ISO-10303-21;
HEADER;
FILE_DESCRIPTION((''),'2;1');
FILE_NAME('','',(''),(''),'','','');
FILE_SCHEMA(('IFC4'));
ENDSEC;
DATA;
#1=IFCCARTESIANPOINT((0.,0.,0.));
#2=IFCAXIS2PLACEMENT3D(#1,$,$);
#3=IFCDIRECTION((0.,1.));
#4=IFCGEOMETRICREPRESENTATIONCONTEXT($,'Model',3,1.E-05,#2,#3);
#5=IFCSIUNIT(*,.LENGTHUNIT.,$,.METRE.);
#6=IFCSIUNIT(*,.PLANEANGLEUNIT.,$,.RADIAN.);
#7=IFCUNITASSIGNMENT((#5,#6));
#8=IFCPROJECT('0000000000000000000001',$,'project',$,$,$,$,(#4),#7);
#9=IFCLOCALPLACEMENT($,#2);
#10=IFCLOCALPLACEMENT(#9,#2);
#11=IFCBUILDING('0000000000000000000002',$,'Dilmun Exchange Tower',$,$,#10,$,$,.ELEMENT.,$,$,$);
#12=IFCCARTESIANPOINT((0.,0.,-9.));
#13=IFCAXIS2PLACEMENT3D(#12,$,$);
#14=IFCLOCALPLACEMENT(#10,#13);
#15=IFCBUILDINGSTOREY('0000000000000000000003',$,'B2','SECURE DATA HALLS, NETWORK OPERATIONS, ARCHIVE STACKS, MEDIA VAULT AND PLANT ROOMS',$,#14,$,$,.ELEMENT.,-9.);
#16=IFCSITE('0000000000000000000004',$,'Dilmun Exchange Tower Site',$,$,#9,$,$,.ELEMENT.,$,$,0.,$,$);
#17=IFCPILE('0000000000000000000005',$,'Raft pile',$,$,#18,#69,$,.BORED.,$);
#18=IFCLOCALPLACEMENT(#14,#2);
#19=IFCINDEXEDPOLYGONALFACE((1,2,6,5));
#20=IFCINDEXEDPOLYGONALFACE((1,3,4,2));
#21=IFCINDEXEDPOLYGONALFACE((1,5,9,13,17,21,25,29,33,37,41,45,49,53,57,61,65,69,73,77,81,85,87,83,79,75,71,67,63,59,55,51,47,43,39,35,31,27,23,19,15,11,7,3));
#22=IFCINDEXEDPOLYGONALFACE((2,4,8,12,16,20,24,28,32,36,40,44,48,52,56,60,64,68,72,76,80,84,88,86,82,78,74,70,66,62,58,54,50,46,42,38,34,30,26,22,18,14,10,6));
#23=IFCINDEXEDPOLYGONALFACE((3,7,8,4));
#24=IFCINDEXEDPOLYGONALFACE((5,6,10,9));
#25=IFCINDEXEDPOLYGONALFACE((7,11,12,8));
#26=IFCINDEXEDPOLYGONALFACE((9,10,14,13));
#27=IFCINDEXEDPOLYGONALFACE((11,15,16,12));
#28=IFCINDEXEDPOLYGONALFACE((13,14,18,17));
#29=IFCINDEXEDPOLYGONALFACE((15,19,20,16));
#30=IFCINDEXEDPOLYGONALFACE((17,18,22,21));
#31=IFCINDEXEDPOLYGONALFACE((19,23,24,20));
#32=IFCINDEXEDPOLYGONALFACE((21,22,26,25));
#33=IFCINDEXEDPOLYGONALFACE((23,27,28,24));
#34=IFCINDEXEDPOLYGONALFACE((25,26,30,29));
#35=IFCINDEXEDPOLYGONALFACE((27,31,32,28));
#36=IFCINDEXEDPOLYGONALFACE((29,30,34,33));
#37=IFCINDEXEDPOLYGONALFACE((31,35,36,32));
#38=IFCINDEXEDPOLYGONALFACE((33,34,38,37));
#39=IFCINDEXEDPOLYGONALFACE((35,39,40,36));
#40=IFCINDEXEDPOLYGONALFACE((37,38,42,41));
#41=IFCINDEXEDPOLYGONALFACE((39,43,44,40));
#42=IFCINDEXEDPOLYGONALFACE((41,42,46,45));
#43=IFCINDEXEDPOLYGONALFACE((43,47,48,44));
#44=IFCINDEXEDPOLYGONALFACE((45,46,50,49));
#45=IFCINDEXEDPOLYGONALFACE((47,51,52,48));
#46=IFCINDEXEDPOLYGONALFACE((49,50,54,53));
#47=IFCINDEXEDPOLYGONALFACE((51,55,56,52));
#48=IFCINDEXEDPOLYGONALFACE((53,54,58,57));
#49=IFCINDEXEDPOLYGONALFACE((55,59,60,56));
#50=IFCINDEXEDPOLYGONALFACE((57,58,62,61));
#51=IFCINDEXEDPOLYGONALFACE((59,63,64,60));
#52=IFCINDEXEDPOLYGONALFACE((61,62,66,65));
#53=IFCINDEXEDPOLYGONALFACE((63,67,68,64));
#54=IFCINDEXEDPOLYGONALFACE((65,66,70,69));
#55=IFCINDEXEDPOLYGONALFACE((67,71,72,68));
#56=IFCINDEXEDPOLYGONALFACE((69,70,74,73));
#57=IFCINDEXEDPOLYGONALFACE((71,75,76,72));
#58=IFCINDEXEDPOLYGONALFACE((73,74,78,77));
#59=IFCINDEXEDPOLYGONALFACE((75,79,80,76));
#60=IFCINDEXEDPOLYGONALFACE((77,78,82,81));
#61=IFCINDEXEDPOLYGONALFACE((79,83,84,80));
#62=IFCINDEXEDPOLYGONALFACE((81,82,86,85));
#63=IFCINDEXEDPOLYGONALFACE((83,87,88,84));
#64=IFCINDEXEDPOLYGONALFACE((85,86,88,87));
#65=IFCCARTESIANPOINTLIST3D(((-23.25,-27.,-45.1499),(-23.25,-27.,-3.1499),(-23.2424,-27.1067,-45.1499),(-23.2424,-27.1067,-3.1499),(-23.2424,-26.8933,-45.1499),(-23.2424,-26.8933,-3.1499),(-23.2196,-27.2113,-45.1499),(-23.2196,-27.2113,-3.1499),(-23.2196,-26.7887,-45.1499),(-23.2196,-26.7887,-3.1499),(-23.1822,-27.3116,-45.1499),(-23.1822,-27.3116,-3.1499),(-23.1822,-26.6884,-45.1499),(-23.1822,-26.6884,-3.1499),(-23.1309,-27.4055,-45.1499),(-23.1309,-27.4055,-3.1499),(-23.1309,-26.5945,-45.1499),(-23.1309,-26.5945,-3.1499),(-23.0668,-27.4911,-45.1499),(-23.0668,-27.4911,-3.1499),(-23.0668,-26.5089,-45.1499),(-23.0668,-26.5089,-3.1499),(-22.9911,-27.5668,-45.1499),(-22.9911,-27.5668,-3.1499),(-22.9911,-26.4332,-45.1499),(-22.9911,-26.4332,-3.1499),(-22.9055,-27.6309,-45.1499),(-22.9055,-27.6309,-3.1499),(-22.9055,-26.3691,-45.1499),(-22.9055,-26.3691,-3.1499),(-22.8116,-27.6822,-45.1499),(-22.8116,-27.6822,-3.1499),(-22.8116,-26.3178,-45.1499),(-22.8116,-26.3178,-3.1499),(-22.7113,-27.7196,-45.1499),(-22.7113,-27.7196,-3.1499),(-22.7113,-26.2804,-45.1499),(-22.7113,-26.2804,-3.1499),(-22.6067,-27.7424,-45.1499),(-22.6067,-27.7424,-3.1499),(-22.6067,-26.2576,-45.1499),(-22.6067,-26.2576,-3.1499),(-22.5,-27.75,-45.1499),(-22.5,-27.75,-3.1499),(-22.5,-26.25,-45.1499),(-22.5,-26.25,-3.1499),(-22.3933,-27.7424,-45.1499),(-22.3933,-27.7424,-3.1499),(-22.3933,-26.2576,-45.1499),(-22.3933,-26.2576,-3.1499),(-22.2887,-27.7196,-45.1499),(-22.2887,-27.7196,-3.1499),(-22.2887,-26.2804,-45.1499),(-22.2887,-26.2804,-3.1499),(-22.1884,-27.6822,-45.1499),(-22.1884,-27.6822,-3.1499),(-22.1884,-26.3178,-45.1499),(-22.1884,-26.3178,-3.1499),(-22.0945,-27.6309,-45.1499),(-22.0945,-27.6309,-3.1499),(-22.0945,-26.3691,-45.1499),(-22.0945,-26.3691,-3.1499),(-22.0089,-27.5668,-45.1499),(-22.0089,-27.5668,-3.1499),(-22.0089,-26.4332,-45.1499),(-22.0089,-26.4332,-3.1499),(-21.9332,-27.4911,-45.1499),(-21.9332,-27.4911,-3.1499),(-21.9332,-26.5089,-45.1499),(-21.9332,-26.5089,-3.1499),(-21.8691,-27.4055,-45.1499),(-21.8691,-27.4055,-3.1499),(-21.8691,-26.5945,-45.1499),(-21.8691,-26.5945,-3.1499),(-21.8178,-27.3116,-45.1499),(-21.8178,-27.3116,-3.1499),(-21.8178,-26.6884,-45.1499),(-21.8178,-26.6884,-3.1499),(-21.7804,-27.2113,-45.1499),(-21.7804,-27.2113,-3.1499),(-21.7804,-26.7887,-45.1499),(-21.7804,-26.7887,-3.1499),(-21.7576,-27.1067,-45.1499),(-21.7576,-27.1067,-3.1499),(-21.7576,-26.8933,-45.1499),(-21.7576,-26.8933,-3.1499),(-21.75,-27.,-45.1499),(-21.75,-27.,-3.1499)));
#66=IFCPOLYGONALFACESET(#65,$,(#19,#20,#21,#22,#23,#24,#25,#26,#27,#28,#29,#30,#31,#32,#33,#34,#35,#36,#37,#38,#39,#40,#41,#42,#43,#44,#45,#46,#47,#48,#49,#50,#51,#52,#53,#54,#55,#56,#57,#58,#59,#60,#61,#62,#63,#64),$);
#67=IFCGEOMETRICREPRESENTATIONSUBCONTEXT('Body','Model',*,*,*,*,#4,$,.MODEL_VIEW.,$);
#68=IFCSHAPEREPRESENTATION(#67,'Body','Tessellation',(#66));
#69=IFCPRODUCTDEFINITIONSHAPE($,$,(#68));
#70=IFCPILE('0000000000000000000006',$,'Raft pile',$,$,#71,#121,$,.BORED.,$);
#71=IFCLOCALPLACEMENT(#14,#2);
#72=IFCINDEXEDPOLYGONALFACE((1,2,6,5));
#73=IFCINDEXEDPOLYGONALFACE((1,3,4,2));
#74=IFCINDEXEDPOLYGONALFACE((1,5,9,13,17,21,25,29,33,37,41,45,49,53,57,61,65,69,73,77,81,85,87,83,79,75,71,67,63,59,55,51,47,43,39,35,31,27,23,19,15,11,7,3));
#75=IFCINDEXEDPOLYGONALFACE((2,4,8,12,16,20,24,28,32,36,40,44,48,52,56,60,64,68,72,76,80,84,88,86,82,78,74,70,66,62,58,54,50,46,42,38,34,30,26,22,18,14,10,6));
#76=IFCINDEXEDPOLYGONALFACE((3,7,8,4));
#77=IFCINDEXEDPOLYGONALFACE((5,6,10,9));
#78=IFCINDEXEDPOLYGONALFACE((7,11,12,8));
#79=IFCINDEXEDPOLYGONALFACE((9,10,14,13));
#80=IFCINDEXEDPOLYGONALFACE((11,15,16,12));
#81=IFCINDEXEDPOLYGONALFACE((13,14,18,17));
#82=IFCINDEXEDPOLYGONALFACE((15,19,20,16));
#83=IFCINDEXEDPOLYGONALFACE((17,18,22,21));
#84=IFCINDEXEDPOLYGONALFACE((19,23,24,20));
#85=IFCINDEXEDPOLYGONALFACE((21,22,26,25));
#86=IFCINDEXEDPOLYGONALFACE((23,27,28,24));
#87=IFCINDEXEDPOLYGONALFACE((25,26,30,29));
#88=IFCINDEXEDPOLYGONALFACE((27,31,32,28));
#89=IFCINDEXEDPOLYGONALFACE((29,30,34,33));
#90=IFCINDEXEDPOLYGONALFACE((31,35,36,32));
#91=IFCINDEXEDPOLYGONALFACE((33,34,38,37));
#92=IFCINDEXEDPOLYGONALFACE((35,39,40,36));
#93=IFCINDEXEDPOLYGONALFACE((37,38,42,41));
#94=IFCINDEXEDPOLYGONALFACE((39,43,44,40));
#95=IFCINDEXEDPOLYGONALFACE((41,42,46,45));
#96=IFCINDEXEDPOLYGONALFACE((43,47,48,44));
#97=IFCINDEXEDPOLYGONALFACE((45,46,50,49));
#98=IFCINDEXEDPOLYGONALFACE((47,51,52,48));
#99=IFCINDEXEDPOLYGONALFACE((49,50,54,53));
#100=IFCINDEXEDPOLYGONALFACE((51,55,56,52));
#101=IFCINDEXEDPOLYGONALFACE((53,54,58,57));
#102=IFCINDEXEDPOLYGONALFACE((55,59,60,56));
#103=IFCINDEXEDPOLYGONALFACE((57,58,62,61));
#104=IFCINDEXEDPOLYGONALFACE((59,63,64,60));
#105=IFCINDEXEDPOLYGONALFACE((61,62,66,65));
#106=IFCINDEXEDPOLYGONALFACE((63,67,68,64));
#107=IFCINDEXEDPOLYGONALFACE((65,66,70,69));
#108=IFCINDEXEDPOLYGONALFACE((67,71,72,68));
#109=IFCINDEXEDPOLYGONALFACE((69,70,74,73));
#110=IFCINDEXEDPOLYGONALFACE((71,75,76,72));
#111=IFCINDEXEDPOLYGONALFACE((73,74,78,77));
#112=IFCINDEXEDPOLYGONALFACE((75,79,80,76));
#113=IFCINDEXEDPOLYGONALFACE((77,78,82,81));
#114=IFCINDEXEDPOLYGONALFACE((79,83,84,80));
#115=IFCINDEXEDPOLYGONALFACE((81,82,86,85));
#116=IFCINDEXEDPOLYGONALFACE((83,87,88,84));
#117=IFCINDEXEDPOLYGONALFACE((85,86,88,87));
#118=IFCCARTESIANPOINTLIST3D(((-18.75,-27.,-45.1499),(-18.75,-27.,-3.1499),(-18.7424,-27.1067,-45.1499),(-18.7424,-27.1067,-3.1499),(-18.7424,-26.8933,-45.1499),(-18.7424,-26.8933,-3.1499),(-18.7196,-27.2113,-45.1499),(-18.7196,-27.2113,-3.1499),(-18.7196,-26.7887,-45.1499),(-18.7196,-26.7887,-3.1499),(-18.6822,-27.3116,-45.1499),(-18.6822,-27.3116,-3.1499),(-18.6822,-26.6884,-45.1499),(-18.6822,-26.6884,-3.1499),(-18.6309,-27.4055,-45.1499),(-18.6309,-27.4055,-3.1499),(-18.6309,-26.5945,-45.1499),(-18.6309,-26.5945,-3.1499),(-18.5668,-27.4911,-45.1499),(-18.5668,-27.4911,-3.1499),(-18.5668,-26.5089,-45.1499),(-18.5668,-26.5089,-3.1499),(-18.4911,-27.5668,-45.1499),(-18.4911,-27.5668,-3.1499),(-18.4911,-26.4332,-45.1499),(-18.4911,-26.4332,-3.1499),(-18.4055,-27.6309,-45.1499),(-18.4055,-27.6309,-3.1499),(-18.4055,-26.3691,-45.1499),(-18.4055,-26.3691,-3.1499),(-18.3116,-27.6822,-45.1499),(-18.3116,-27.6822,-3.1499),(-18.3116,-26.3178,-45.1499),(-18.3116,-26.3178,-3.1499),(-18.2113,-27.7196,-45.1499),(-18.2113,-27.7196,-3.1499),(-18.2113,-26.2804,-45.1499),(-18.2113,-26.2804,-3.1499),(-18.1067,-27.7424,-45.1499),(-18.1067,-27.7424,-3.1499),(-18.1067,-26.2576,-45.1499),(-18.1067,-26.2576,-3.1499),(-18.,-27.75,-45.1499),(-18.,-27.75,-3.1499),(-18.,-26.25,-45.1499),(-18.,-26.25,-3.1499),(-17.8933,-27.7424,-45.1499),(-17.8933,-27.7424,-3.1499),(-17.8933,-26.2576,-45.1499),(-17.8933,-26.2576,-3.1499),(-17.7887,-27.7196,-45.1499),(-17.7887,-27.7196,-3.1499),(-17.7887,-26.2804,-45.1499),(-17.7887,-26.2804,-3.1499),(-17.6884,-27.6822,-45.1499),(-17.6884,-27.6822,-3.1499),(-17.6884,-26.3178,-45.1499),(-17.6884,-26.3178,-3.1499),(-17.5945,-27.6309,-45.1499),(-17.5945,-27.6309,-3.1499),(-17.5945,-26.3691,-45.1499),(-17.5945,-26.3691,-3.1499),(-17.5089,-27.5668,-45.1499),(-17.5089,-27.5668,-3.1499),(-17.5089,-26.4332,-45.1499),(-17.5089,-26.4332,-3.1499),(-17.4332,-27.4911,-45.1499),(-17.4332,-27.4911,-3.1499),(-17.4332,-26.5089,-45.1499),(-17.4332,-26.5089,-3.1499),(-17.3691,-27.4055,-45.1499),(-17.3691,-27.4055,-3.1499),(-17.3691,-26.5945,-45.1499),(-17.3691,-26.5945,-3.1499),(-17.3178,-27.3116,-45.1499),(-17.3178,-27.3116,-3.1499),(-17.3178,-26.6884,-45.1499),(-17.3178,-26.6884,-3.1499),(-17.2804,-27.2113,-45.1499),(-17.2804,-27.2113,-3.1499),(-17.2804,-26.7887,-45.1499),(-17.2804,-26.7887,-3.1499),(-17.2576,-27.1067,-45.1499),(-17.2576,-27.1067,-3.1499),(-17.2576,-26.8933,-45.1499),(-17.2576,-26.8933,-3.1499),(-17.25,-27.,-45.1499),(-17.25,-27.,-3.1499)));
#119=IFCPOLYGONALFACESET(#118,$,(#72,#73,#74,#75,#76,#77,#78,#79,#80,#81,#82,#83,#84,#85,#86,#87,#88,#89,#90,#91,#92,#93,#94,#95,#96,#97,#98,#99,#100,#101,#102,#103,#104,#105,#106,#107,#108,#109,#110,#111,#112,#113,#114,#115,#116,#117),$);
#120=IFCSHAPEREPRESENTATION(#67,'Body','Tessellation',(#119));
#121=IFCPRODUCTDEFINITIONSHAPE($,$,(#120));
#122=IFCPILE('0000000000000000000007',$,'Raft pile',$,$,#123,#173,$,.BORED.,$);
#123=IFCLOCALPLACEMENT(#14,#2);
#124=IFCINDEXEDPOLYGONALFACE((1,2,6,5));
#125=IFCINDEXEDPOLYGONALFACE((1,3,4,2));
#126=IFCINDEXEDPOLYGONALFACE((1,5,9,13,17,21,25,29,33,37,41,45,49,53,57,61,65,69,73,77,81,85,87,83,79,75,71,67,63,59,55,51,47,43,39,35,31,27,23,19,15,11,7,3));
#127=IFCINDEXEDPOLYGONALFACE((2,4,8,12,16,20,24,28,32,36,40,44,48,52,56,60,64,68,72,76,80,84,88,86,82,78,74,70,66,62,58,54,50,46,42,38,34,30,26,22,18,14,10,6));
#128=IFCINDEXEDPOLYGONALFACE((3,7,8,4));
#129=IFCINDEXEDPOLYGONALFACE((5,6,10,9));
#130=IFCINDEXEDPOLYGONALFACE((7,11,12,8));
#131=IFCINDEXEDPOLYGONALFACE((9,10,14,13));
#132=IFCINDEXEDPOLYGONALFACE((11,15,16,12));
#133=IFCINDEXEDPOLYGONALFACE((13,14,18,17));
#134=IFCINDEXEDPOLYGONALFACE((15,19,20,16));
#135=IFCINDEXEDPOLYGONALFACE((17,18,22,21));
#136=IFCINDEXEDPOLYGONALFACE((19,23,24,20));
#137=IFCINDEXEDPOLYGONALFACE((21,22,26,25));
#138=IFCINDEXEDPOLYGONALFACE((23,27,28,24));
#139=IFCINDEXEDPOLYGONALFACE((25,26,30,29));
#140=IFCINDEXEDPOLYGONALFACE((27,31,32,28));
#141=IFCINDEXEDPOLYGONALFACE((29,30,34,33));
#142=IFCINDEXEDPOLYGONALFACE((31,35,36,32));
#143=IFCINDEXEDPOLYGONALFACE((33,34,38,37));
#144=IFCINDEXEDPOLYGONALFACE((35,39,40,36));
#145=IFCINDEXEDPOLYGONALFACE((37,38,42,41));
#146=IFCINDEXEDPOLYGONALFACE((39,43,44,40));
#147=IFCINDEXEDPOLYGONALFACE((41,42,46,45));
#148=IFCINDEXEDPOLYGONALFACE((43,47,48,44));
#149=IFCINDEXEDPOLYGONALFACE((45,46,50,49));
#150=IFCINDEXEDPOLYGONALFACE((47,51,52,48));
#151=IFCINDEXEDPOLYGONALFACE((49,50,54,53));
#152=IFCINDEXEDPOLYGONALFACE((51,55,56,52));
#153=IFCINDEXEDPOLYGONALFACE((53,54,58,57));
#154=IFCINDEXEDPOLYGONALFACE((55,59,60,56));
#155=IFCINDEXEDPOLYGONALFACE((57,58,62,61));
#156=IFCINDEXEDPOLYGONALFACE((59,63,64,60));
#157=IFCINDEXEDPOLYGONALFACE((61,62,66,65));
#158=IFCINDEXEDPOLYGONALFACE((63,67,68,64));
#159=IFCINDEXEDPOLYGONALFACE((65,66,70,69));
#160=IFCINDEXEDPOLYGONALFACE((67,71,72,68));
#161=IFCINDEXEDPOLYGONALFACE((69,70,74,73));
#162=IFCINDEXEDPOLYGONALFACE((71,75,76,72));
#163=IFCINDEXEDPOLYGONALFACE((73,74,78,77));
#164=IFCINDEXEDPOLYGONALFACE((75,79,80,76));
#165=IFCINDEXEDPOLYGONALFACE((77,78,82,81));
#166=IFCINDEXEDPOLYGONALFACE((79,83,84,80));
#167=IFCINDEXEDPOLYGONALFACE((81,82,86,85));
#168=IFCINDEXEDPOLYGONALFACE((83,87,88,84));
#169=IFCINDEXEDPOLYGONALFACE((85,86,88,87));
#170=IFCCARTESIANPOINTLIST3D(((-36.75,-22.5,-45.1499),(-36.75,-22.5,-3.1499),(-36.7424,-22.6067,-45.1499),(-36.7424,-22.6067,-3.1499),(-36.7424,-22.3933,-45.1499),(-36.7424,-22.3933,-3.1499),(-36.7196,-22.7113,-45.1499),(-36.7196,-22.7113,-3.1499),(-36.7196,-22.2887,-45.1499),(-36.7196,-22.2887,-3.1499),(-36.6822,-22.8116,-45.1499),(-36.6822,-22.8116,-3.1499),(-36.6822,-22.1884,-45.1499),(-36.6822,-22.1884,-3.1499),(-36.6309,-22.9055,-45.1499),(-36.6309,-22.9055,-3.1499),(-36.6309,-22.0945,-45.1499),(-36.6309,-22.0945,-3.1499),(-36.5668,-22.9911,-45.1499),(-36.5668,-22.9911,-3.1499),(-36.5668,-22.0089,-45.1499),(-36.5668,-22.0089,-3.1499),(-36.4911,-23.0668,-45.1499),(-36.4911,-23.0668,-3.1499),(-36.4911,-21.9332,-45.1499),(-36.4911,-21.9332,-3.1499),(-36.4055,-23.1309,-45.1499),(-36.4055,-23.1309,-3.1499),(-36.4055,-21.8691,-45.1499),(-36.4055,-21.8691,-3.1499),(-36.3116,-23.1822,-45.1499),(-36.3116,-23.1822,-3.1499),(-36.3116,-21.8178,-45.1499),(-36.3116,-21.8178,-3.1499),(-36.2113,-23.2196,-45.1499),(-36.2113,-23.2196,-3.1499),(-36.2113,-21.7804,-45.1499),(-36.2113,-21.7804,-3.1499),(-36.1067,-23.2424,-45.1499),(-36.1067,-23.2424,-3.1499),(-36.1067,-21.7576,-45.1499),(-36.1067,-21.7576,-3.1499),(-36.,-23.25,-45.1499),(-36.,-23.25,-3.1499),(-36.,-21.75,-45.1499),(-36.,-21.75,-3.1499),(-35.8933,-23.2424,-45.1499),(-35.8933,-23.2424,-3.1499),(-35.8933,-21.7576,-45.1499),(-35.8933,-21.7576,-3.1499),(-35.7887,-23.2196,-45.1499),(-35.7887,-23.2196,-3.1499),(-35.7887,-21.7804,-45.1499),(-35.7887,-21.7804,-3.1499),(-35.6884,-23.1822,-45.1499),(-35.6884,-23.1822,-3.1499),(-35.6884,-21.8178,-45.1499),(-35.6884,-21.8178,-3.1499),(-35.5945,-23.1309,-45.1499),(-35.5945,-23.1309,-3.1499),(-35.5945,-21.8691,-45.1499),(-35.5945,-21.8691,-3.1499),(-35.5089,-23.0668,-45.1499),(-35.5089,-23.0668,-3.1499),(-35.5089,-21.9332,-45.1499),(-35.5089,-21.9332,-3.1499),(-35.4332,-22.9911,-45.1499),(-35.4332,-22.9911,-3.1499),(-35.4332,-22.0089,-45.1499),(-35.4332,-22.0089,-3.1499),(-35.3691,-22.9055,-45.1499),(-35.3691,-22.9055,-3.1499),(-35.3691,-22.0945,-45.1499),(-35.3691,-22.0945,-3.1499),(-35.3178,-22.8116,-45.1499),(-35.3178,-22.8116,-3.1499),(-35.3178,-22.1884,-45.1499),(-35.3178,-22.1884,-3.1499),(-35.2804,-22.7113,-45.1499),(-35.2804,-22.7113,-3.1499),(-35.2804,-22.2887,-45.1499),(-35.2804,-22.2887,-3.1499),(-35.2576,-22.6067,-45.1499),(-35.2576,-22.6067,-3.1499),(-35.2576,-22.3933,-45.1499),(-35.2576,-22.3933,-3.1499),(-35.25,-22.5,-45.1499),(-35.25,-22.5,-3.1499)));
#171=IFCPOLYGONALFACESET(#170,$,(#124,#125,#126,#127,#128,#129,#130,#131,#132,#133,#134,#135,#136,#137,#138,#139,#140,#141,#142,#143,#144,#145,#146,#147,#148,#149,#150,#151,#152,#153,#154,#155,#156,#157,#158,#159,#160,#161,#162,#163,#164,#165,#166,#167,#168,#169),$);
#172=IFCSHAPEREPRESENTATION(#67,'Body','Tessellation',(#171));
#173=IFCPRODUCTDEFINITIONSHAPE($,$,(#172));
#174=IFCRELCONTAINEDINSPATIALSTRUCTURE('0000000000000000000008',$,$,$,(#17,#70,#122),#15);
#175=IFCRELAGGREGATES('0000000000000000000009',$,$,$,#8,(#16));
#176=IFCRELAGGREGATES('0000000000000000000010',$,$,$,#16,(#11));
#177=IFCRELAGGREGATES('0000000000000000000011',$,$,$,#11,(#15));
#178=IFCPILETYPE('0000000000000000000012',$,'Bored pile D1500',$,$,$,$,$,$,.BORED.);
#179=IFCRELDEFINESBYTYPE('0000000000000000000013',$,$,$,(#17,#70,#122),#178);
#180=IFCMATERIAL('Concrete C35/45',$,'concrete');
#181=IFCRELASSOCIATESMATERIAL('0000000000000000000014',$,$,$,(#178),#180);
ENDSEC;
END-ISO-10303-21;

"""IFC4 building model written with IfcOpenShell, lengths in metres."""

from ifc_helpers import new_model, si_unit, direction, frame, origin, origin_2d, place, context, subcontext, project, spatial, circle, extrude, material, material_profile, profile_set, type_object, element, save


model = new_model("IFC4")

# Units and contexts
model_context = context("Model", 3, precision=1e-05, world=origin(), true_north=direction((0.0, 1.0)))
body_context = subcontext(model_context, "Body", "Model", "MODEL_VIEW")
ifc_project = project(units=[si_unit("LENGTHUNIT", "METRE"), si_unit("PLANEANGLEUNIT", "RADIAN")], contexts=[model_context])

# Site, building, storey
site_placement = place(None, origin())
site = spatial("IfcSite", under=ifc_project, at=site_placement, Name="Dilmun Exchange Tower Site", CompositionType="ELEMENT", RefElevation=0.0)
building_placement = place(site_placement, origin())
building = spatial("IfcBuilding", under=site, at=building_placement, Name="Dilmun Exchange Tower", CompositionType="ELEMENT")
storey_placement = place(building_placement, frame((0.0, 0.0, -9.0)))
storey = spatial("IfcBuildingStorey", under=building, at=storey_placement, Name="B2", Description="SECURE DATA HALLS, NETWORK OPERATIONS, ARCHIVE STACKS, MEDIA VAULT AND PLANT ROOMS", CompositionType="ELEMENT", Elevation=-9.0)

# Piles
ifc_material_1 = material(Name="Concrete C35/45", Category="concrete")
ifc_material_profile_1 = material_profile(ifc_material_1, circle(Radius=0.75, at=origin_2d()), Name="D1500")
ifc_profile_set_1 = profile_set([ifc_material_profile_1], Name="Concrete C35/45")
pile_type = type_object("IfcPileType", Name="Bored pile D1500", PredefinedType="BORED", material=ifc_profile_set_1)
for number, where, z_axis, x_axis, name in (
    (1, (-22.5, -27.0, -3.1499), (0.0, 0.0, -1.0), (1.0, 0.0, 0.0), "Raft pile"),
    (2, (-18.0, -27.0, -3.1499), (0.0, 0.0, -1.0), (1.0, 0.0, 0.0), "Raft pile"),
    (3, (-36.0, -22.5, -3.1499), (0.0, 0.0, -1.0), (1.0, 0.0, 0.0), "Raft pile"),
):
    element("IfcPile", number, at=place(storey_placement, frame(where, z_axis=z_axis, x_axis=x_axis)), inside=storey, type_object=pile_type, Name=name, PredefinedType="BORED", context=body_context, shape_type="SweptSolid", body=[
        extrude(circle(Radius=0.75, at=origin_2d()), origin(), (0.0, 0.0, 1.0), 42.0),
    ])

save(model, "model.ifc")
